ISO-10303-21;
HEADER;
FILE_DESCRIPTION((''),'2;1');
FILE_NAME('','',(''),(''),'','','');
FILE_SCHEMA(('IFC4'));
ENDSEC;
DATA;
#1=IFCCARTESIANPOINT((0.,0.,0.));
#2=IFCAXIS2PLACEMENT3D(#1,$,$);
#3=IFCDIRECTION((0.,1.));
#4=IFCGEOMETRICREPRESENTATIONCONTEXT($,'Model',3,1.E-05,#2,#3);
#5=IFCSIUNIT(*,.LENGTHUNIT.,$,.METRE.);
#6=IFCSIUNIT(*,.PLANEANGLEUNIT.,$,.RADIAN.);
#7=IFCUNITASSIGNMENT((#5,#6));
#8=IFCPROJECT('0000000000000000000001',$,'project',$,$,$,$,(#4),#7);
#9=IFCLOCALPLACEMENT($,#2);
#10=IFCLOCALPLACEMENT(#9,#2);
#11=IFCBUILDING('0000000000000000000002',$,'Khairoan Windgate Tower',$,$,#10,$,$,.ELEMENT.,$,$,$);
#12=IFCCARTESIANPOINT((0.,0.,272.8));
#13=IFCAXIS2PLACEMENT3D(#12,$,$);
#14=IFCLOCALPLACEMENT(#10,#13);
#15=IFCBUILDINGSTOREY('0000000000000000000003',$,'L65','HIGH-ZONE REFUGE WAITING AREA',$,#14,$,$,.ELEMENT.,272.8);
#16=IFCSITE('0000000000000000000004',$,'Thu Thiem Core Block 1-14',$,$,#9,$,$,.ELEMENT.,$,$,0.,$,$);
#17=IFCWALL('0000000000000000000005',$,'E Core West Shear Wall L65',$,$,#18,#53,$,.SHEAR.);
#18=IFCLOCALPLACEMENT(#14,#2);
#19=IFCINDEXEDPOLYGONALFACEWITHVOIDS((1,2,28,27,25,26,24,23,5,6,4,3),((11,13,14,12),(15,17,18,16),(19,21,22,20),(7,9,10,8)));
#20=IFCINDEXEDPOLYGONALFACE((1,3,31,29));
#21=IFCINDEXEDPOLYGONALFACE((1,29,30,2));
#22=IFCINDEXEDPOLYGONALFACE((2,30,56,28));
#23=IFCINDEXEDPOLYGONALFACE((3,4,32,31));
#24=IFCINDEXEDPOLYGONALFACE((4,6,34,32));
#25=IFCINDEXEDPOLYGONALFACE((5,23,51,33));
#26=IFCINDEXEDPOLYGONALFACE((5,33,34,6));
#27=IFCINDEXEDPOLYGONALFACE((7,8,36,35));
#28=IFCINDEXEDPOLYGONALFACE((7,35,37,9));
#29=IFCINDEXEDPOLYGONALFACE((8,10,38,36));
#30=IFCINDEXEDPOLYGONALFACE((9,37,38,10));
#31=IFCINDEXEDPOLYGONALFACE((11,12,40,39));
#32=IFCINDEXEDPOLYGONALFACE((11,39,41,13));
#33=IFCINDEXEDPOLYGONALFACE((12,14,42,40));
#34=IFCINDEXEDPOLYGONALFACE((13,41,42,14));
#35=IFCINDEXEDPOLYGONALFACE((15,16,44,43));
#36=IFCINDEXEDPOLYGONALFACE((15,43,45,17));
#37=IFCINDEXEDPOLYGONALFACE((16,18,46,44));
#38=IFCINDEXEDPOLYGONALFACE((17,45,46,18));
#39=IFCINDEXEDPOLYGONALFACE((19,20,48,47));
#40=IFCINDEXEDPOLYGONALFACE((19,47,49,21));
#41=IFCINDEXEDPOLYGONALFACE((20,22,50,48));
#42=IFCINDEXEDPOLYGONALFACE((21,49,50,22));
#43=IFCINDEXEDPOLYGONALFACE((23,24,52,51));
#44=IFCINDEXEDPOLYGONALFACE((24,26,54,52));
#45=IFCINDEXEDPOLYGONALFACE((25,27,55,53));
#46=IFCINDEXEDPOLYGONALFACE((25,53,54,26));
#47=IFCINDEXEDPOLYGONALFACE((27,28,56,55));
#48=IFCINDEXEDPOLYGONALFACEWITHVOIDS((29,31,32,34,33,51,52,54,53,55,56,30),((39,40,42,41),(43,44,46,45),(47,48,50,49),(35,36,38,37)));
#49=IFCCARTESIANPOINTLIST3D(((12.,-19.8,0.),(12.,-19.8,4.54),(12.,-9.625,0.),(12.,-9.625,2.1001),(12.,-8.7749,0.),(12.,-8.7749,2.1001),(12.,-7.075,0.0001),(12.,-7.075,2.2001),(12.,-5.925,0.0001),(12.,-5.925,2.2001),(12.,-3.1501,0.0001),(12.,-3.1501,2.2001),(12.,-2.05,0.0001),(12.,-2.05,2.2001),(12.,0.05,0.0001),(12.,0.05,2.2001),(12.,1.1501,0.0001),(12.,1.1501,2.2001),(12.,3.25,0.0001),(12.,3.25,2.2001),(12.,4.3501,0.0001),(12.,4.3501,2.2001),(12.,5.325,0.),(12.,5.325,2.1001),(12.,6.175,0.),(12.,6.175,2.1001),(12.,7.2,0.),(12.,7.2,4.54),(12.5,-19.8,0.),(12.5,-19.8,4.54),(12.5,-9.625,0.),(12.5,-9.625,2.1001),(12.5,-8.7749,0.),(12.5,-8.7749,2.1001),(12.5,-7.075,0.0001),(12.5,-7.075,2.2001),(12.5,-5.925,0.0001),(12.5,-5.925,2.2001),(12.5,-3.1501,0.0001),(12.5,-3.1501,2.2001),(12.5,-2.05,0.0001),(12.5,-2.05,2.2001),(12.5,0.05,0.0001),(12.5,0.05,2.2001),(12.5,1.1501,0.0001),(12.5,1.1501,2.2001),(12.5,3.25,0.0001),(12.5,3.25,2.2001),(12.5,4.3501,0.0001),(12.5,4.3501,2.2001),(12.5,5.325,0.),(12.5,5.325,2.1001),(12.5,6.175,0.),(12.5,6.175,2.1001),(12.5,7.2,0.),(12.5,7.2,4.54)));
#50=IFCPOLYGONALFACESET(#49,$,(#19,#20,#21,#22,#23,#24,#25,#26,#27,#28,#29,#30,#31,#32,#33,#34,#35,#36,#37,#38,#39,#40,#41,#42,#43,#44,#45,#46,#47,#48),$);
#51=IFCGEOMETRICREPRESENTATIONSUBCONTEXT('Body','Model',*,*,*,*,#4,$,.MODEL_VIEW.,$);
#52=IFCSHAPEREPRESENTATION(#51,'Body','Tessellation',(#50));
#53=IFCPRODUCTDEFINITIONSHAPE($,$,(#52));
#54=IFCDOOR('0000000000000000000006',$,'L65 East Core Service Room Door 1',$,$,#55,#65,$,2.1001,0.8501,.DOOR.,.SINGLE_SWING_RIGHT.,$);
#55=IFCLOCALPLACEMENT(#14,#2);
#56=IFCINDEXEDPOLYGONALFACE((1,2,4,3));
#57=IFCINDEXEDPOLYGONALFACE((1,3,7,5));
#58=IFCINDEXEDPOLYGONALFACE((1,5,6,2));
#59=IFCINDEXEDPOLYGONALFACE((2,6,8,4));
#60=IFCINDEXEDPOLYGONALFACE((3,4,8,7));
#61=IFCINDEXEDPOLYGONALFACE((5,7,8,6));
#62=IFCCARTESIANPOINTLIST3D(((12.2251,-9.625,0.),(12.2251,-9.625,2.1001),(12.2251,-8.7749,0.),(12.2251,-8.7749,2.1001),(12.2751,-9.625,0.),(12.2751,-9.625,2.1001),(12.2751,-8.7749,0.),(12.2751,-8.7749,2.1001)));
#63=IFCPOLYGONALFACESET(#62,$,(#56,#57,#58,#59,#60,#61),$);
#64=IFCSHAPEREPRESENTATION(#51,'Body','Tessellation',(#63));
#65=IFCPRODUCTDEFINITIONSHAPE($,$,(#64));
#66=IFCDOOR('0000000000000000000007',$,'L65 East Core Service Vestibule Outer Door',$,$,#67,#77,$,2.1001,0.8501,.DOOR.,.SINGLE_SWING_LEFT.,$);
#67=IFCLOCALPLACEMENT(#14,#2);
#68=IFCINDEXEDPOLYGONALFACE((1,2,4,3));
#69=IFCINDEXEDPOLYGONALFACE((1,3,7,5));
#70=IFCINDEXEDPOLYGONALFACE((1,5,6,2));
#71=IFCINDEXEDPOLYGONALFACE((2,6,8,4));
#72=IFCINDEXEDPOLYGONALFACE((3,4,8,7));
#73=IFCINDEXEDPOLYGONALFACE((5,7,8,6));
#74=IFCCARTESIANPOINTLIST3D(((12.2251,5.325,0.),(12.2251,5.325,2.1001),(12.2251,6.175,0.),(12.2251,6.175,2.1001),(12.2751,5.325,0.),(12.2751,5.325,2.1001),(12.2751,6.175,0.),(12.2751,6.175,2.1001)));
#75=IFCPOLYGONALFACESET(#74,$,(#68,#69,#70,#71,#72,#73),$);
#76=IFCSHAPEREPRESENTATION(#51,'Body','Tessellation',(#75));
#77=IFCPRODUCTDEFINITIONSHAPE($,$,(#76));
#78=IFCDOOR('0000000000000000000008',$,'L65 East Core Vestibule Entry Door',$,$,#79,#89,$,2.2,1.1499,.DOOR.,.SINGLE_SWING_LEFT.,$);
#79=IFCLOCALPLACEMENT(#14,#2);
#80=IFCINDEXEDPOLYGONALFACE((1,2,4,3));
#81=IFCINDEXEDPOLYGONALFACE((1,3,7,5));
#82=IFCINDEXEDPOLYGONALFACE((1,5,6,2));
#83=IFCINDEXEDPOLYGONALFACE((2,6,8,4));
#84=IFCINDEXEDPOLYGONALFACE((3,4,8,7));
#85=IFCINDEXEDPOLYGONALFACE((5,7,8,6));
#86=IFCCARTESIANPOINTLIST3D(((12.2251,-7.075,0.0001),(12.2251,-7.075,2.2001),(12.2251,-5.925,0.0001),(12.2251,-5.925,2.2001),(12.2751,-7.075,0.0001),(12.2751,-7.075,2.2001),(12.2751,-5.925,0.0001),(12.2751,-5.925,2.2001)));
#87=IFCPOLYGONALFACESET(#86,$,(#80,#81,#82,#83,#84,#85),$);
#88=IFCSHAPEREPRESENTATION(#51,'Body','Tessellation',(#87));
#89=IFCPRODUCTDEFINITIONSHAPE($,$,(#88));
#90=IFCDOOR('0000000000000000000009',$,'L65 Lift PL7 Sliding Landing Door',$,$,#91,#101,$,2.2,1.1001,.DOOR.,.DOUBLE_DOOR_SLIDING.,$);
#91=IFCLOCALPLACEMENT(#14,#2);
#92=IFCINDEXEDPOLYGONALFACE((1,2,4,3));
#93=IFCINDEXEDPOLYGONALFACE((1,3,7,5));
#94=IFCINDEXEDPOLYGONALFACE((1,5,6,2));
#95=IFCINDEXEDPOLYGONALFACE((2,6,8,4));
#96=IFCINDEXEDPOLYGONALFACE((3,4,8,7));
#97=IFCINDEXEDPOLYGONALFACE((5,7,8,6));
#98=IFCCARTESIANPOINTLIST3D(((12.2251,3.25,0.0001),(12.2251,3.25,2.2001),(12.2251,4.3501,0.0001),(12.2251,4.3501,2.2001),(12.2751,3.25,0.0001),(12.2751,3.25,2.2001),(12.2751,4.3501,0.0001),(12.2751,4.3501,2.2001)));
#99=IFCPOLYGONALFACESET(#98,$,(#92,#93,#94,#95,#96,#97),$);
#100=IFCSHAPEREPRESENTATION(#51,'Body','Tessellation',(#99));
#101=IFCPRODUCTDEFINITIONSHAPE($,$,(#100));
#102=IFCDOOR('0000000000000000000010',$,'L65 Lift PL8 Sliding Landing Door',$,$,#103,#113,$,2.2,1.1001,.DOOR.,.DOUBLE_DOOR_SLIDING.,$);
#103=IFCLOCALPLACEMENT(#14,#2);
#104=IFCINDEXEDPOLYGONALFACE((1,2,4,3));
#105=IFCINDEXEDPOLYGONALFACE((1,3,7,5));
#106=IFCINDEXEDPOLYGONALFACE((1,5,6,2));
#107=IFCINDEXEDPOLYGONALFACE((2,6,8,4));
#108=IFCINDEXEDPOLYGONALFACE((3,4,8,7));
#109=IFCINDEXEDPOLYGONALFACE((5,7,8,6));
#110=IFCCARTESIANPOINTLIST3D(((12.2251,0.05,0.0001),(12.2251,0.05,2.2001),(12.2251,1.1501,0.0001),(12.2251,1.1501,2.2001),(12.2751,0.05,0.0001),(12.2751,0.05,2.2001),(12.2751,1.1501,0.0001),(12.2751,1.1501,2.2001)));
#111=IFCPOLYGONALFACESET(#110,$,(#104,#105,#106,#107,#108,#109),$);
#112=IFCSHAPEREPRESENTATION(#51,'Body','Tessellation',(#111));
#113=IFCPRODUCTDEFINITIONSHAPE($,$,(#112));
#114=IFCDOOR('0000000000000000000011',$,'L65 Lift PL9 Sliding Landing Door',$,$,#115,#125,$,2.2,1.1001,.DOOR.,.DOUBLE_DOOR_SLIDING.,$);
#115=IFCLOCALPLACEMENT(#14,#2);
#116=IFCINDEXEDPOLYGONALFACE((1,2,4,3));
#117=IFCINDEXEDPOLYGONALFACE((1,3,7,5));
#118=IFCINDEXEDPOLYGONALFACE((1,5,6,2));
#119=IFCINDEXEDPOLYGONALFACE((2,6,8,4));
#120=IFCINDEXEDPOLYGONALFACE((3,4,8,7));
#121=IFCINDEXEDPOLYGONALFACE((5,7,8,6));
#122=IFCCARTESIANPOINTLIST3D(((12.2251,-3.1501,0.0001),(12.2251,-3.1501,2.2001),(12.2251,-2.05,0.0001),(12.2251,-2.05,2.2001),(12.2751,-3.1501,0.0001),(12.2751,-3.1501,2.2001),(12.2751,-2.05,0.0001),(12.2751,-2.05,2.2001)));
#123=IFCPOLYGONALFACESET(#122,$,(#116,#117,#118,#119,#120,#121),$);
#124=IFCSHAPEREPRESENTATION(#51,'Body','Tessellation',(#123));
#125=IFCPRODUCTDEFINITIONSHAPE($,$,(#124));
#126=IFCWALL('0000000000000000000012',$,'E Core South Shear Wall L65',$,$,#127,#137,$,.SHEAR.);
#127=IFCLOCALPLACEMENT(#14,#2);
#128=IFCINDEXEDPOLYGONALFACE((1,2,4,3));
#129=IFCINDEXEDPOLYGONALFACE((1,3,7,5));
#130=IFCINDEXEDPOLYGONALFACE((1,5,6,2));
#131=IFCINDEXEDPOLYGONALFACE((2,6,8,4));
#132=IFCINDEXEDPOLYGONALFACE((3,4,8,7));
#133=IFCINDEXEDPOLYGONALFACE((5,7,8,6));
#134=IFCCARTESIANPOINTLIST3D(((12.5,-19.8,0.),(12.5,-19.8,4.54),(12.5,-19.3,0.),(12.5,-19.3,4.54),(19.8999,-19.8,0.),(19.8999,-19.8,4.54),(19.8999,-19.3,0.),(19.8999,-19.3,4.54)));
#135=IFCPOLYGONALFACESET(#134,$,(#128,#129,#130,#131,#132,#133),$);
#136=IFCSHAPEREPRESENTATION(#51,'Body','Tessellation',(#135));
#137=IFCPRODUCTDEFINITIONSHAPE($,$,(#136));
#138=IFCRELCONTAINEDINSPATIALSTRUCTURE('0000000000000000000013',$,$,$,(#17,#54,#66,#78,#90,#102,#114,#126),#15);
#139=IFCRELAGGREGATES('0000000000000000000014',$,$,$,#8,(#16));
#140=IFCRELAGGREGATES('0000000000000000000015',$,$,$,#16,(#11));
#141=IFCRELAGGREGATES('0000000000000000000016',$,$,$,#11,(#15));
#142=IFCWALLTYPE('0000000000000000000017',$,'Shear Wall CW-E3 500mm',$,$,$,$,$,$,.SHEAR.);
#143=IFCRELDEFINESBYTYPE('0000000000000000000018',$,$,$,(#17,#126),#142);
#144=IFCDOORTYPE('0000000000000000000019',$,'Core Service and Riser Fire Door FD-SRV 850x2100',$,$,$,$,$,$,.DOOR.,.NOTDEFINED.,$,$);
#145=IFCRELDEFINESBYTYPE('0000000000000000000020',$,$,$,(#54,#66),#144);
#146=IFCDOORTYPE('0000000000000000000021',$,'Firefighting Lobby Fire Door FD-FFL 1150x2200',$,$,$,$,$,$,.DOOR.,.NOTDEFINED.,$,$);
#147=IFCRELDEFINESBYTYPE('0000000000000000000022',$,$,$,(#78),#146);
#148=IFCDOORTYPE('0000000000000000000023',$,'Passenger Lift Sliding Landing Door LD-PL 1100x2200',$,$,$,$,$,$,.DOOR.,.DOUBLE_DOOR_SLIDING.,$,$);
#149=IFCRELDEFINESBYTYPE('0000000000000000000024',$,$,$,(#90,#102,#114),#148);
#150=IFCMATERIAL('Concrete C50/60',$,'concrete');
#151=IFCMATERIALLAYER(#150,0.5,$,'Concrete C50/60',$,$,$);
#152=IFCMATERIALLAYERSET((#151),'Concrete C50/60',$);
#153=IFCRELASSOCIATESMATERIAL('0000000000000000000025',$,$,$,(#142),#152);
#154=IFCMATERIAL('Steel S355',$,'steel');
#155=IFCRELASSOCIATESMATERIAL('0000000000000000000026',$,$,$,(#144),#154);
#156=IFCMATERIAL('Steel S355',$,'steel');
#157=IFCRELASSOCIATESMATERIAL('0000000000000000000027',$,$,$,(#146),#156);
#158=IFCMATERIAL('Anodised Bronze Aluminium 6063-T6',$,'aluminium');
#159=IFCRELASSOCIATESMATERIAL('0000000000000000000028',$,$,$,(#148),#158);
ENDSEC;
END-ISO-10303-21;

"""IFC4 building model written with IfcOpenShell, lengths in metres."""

from ifc_helpers import new_model, si_unit, direction, frame, frame_2d, origin, place, context, subcontext, project, spatial, rectangle, extrude, material, layer, layer_set, type_object, element, fill, save


model = new_model("IFC4")

# Units and contexts
model_context = context("Model", 3, precision=1e-05, world=origin(), true_north=direction((0.0, 1.0)))
body_context = subcontext(model_context, "Body", "Model", "MODEL_VIEW")
ifc_project = project(units=[si_unit("LENGTHUNIT", "METRE"), si_unit("PLANEANGLEUNIT", "RADIAN")], contexts=[model_context])

# Site, building, storey
site_placement = place(None, origin())
site = spatial("IfcSite", under=ifc_project, at=site_placement, Name="Thu Thiem Core Block 1-14", CompositionType="ELEMENT", RefElevation=0.0)
building_placement = place(site_placement, origin())
building = spatial("IfcBuilding", under=site, at=building_placement, Name="Khairoan Windgate Tower", CompositionType="ELEMENT")
storey_placement = place(building_placement, frame((0.0, 0.0, 272.8)))
storey = spatial("IfcBuildingStorey", under=building, at=storey_placement, Name="L65", Description="HIGH-ZONE REFUGE WAITING AREA", CompositionType="ELEMENT", Elevation=272.8)

# Wall, openings, doors
ifc_material_1 = material(Name="Concrete C50/60", Category="concrete")
ifc_layer_1 = layer(ifc_material_1, 0.5, Name="Concrete C50/60")
ifc_layer_set_1 = layer_set([ifc_layer_1], Name="Concrete C50/60")
wall_type_1 = type_object("IfcWallType", Name="Shear Wall CW-E3 500mm", PredefinedType="SHEAR", material=ifc_layer_set_1)
wall_1_placement = place(storey_placement, frame((12.25, -19.8, 0.0), z_axis=(0.0, 0.0, 1.0), x_axis=(0.0, 1.0, 0.0)))
wall_1 = element("IfcWall", 1, at=wall_1_placement, inside=storey, type_object=wall_type_1, Name="E Core West Shear Wall L65", PredefinedType="SHEAR", context=body_context, shape_type="SweptSolid", body=[
    extrude(rectangle(XDim=27.0, YDim=0.5, at=frame_2d((13.5, 0.0))), origin(), (0.0, 0.0, 1.0), 4.54),
])
opening_1_placement = place(wall_1_placement, frame((23.05, 0.0, 0.0)))
opening_1 = element("IfcOpeningElement", 2, at=opening_1_placement, cuts=wall_1, PredefinedType="OPENING", context=body_context, shape_type="SweptSolid", body=[
    extrude(rectangle(XDim=1.1001, YDim=2.2, at=frame_2d((0.55, 1.1001))), frame((0.0, 0.26, 0.0), z_axis=(0.0, -1.0, 0.0), x_axis=(1.0, 0.0, 0.0)), (0.0, 0.0, 1.0), 0.52),
])
opening_2_placement = place(wall_1_placement, frame((19.8501, 0.0, 0.0)))
opening_2 = element("IfcOpeningElement", 3, at=opening_2_placement, cuts=wall_1, PredefinedType="OPENING", context=body_context, shape_type="SweptSolid", body=[
    extrude(rectangle(XDim=1.1001, YDim=2.2, at=frame_2d((0.55, 1.1001))), frame((0.0, 0.26, 0.0), z_axis=(0.0, -1.0, 0.0), x_axis=(1.0, 0.0, 0.0)), (0.0, 0.0, 1.0), 0.52),
])
opening_3_placement = place(wall_1_placement, frame((16.6499, 0.0, 0.0)))
opening_3 = element("IfcOpeningElement", 4, at=opening_3_placement, cuts=wall_1, PredefinedType="OPENING", context=body_context, shape_type="SweptSolid", body=[
    extrude(rectangle(XDim=1.1001, YDim=2.2, at=frame_2d((0.55, 1.1001))), frame((0.0, 0.26, 0.0), z_axis=(0.0, -1.0, 0.0), x_axis=(1.0, 0.0, 0.0)), (0.0, 0.0, 1.0), 0.52),
])
opening_4_placement = place(wall_1_placement, frame((10.175, 0.0, 0.0)))
opening_4 = element("IfcOpeningElement", 5, at=opening_4_placement, cuts=wall_1, PredefinedType="OPENING", context=body_context, shape_type="SweptSolid", body=[
    extrude(rectangle(XDim=0.8501, YDim=2.1001, at=frame_2d((0.425, 1.05))), frame((0.0, 0.26, 0.0), z_axis=(0.0, -1.0, 0.0), x_axis=(1.0, 0.0, 0.0)), (0.0, 0.0, 1.0), 0.52),
])
opening_5_placement = place(wall_1_placement, frame((12.7251, 0.0, 0.0)))
opening_5 = element("IfcOpeningElement", 6, at=opening_5_placement, cuts=wall_1, PredefinedType="OPENING", context=body_context, shape_type="SweptSolid", body=[
    extrude(rectangle(XDim=1.1499, YDim=2.2, at=frame_2d((0.575, 1.1001))), frame((0.0, 0.26, 0.0), z_axis=(0.0, -1.0, 0.0), x_axis=(1.0, 0.0, 0.0)), (0.0, 0.0, 1.0), 0.52),
])
opening_6_placement = place(wall_1_placement, frame((25.125, 0.0, 0.0)))
opening_6 = element("IfcOpeningElement", 7, at=opening_6_placement, cuts=wall_1, PredefinedType="OPENING", context=body_context, shape_type="SweptSolid", body=[
    extrude(rectangle(XDim=0.8501, YDim=2.1001, at=frame_2d((0.425, 1.05))), frame((0.0, 0.26, 0.0), z_axis=(0.0, -1.0, 0.0), x_axis=(1.0, 0.0, 0.0)), (0.0, 0.0, 1.0), 0.52),
])
ifc_material_2 = material(Name="Steel S355", Category="steel")
door_type_1 = type_object("IfcDoorType", Name="Core Service and Riser Fire Door FD-SRV 850x2100", OperationType="NOTDEFINED", PredefinedType="DOOR", material=ifc_material_2)
door_1_placement = place(opening_4_placement, origin())
door_1 = element("IfcDoor", 8, at=door_1_placement, inside=storey, type_object=door_type_1, Name="L65 East Core Service Room Door 1", OperationType="SINGLE_SWING_RIGHT", OverallHeight=2.1001, OverallWidth=0.8501, PredefinedType="DOOR", context=body_context, shape_type="SweptSolid", body=[
    extrude(rectangle(XDim=0.8501, YDim=2.1001, at=frame_2d((0.425, 1.05))), frame((0.0, 0.0249, 0.0), z_axis=(0.0, -1.0, 0.0), x_axis=(1.0, 0.0, 0.0)), (0.0, 0.0, 1.0), 0.05),
])
fill(opening_4, door_1)
door_2_placement = place(opening_6_placement, origin())
door_2 = element("IfcDoor", 9, at=door_2_placement, inside=storey, type_object=door_type_1, Name="L65 East Core Service Vestibule Outer Door", OperationType="SINGLE_SWING_LEFT", OverallHeight=2.1001, OverallWidth=0.8501, PredefinedType="DOOR", context=body_context, shape_type="SweptSolid", body=[
    extrude(rectangle(XDim=0.8501, YDim=2.1001, at=frame_2d((0.425, 1.05))), frame((0.0, 0.0249, 0.0), z_axis=(0.0, -1.0, 0.0), x_axis=(1.0, 0.0, 0.0)), (0.0, 0.0, 1.0), 0.05),
])
fill(opening_6, door_2)
ifc_material_3 = material(Name="Steel S355", Category="steel")
door_type_2 = type_object("IfcDoorType", Name="Firefighting Lobby Fire Door FD-FFL 1150x2200", OperationType="NOTDEFINED", PredefinedType="DOOR", material=ifc_material_3)
door_3_placement = place(opening_5_placement, origin())
door_3 = element("IfcDoor", 10, at=door_3_placement, inside=storey, type_object=door_type_2, Name="L65 East Core Vestibule Entry Door", OperationType="SINGLE_SWING_LEFT", OverallHeight=2.2, OverallWidth=1.1499, PredefinedType="DOOR", context=body_context, shape_type="SweptSolid", body=[
    extrude(rectangle(XDim=1.1499, YDim=2.2, at=frame_2d((0.575, 1.1001))), frame((0.0, 0.0249, 0.0), z_axis=(0.0, -1.0, 0.0), x_axis=(1.0, 0.0, 0.0)), (0.0, 0.0, 1.0), 0.05),
])
fill(opening_5, door_3)
ifc_material_4 = material(Name="Anodised Bronze Aluminium 6063-T6", Category="aluminium")
door_type_3 = type_object("IfcDoorType", Name="Passenger Lift Sliding Landing Door LD-PL 1100x2200", OperationType="DOUBLE_DOOR_SLIDING", PredefinedType="DOOR", material=ifc_material_4)
door_4_placement = place(opening_1_placement, origin())
door_4 = element("IfcDoor", 11, at=door_4_placement, inside=storey, type_object=door_type_3, Name="L65 Lift PL7 Sliding Landing Door", OperationType="DOUBLE_DOOR_SLIDING", OverallHeight=2.2, OverallWidth=1.1001, PredefinedType="DOOR", context=body_context, shape_type="SweptSolid", body=[
    extrude(rectangle(XDim=1.1001, YDim=2.2, at=frame_2d((0.55, 1.1001))), frame((0.0, 0.0249, 0.0), z_axis=(0.0, -1.0, 0.0), x_axis=(1.0, 0.0, 0.0)), (0.0, 0.0, 1.0), 0.05),
])
fill(opening_1, door_4)
door_5_placement = place(opening_2_placement, origin())
door_5 = element("IfcDoor", 12, at=door_5_placement, inside=storey, type_object=door_type_3, Name="L65 Lift PL8 Sliding Landing Door", OperationType="DOUBLE_DOOR_SLIDING", OverallHeight=2.2, OverallWidth=1.1001, PredefinedType="DOOR", context=body_context, shape_type="SweptSolid", body=[
    extrude(rectangle(XDim=1.1001, YDim=2.2, at=frame_2d((0.55, 1.1001))), frame((0.0, 0.0249, 0.0), z_axis=(0.0, -1.0, 0.0), x_axis=(1.0, 0.0, 0.0)), (0.0, 0.0, 1.0), 0.05),
])
fill(opening_2, door_5)
door_6_placement = place(opening_3_placement, origin())
door_6 = element("IfcDoor", 13, at=door_6_placement, inside=storey, type_object=door_type_3, Name="L65 Lift PL9 Sliding Landing Door", OperationType="DOUBLE_DOOR_SLIDING", OverallHeight=2.2, OverallWidth=1.1001, PredefinedType="DOOR", context=body_context, shape_type="SweptSolid", body=[
    extrude(rectangle(XDim=1.1001, YDim=2.2, at=frame_2d((0.55, 1.1001))), frame((0.0, 0.0249, 0.0), z_axis=(0.0, -1.0, 0.0), x_axis=(1.0, 0.0, 0.0)), (0.0, 0.0, 1.0), 0.05),
])
fill(opening_3, door_6)

# Wall
wall_2_placement = place(storey_placement, frame((12.5, -19.55, 0.0), z_axis=(0.0, 0.0, 1.0), x_axis=(1.0, 0.0, 0.0)))
element("IfcWall", 14, at=wall_2_placement, inside=storey, type_object=wall_type_1, Name="E Core South Shear Wall L65", PredefinedType="SHEAR", context=body_context, shape_type="SweptSolid", body=[
    extrude(rectangle(XDim=7.3999, YDim=0.5, at=frame_2d((3.7, 0.0))), origin(), (0.0, 0.0, 1.0), 4.54),
])

save(model, "model.ifc")
